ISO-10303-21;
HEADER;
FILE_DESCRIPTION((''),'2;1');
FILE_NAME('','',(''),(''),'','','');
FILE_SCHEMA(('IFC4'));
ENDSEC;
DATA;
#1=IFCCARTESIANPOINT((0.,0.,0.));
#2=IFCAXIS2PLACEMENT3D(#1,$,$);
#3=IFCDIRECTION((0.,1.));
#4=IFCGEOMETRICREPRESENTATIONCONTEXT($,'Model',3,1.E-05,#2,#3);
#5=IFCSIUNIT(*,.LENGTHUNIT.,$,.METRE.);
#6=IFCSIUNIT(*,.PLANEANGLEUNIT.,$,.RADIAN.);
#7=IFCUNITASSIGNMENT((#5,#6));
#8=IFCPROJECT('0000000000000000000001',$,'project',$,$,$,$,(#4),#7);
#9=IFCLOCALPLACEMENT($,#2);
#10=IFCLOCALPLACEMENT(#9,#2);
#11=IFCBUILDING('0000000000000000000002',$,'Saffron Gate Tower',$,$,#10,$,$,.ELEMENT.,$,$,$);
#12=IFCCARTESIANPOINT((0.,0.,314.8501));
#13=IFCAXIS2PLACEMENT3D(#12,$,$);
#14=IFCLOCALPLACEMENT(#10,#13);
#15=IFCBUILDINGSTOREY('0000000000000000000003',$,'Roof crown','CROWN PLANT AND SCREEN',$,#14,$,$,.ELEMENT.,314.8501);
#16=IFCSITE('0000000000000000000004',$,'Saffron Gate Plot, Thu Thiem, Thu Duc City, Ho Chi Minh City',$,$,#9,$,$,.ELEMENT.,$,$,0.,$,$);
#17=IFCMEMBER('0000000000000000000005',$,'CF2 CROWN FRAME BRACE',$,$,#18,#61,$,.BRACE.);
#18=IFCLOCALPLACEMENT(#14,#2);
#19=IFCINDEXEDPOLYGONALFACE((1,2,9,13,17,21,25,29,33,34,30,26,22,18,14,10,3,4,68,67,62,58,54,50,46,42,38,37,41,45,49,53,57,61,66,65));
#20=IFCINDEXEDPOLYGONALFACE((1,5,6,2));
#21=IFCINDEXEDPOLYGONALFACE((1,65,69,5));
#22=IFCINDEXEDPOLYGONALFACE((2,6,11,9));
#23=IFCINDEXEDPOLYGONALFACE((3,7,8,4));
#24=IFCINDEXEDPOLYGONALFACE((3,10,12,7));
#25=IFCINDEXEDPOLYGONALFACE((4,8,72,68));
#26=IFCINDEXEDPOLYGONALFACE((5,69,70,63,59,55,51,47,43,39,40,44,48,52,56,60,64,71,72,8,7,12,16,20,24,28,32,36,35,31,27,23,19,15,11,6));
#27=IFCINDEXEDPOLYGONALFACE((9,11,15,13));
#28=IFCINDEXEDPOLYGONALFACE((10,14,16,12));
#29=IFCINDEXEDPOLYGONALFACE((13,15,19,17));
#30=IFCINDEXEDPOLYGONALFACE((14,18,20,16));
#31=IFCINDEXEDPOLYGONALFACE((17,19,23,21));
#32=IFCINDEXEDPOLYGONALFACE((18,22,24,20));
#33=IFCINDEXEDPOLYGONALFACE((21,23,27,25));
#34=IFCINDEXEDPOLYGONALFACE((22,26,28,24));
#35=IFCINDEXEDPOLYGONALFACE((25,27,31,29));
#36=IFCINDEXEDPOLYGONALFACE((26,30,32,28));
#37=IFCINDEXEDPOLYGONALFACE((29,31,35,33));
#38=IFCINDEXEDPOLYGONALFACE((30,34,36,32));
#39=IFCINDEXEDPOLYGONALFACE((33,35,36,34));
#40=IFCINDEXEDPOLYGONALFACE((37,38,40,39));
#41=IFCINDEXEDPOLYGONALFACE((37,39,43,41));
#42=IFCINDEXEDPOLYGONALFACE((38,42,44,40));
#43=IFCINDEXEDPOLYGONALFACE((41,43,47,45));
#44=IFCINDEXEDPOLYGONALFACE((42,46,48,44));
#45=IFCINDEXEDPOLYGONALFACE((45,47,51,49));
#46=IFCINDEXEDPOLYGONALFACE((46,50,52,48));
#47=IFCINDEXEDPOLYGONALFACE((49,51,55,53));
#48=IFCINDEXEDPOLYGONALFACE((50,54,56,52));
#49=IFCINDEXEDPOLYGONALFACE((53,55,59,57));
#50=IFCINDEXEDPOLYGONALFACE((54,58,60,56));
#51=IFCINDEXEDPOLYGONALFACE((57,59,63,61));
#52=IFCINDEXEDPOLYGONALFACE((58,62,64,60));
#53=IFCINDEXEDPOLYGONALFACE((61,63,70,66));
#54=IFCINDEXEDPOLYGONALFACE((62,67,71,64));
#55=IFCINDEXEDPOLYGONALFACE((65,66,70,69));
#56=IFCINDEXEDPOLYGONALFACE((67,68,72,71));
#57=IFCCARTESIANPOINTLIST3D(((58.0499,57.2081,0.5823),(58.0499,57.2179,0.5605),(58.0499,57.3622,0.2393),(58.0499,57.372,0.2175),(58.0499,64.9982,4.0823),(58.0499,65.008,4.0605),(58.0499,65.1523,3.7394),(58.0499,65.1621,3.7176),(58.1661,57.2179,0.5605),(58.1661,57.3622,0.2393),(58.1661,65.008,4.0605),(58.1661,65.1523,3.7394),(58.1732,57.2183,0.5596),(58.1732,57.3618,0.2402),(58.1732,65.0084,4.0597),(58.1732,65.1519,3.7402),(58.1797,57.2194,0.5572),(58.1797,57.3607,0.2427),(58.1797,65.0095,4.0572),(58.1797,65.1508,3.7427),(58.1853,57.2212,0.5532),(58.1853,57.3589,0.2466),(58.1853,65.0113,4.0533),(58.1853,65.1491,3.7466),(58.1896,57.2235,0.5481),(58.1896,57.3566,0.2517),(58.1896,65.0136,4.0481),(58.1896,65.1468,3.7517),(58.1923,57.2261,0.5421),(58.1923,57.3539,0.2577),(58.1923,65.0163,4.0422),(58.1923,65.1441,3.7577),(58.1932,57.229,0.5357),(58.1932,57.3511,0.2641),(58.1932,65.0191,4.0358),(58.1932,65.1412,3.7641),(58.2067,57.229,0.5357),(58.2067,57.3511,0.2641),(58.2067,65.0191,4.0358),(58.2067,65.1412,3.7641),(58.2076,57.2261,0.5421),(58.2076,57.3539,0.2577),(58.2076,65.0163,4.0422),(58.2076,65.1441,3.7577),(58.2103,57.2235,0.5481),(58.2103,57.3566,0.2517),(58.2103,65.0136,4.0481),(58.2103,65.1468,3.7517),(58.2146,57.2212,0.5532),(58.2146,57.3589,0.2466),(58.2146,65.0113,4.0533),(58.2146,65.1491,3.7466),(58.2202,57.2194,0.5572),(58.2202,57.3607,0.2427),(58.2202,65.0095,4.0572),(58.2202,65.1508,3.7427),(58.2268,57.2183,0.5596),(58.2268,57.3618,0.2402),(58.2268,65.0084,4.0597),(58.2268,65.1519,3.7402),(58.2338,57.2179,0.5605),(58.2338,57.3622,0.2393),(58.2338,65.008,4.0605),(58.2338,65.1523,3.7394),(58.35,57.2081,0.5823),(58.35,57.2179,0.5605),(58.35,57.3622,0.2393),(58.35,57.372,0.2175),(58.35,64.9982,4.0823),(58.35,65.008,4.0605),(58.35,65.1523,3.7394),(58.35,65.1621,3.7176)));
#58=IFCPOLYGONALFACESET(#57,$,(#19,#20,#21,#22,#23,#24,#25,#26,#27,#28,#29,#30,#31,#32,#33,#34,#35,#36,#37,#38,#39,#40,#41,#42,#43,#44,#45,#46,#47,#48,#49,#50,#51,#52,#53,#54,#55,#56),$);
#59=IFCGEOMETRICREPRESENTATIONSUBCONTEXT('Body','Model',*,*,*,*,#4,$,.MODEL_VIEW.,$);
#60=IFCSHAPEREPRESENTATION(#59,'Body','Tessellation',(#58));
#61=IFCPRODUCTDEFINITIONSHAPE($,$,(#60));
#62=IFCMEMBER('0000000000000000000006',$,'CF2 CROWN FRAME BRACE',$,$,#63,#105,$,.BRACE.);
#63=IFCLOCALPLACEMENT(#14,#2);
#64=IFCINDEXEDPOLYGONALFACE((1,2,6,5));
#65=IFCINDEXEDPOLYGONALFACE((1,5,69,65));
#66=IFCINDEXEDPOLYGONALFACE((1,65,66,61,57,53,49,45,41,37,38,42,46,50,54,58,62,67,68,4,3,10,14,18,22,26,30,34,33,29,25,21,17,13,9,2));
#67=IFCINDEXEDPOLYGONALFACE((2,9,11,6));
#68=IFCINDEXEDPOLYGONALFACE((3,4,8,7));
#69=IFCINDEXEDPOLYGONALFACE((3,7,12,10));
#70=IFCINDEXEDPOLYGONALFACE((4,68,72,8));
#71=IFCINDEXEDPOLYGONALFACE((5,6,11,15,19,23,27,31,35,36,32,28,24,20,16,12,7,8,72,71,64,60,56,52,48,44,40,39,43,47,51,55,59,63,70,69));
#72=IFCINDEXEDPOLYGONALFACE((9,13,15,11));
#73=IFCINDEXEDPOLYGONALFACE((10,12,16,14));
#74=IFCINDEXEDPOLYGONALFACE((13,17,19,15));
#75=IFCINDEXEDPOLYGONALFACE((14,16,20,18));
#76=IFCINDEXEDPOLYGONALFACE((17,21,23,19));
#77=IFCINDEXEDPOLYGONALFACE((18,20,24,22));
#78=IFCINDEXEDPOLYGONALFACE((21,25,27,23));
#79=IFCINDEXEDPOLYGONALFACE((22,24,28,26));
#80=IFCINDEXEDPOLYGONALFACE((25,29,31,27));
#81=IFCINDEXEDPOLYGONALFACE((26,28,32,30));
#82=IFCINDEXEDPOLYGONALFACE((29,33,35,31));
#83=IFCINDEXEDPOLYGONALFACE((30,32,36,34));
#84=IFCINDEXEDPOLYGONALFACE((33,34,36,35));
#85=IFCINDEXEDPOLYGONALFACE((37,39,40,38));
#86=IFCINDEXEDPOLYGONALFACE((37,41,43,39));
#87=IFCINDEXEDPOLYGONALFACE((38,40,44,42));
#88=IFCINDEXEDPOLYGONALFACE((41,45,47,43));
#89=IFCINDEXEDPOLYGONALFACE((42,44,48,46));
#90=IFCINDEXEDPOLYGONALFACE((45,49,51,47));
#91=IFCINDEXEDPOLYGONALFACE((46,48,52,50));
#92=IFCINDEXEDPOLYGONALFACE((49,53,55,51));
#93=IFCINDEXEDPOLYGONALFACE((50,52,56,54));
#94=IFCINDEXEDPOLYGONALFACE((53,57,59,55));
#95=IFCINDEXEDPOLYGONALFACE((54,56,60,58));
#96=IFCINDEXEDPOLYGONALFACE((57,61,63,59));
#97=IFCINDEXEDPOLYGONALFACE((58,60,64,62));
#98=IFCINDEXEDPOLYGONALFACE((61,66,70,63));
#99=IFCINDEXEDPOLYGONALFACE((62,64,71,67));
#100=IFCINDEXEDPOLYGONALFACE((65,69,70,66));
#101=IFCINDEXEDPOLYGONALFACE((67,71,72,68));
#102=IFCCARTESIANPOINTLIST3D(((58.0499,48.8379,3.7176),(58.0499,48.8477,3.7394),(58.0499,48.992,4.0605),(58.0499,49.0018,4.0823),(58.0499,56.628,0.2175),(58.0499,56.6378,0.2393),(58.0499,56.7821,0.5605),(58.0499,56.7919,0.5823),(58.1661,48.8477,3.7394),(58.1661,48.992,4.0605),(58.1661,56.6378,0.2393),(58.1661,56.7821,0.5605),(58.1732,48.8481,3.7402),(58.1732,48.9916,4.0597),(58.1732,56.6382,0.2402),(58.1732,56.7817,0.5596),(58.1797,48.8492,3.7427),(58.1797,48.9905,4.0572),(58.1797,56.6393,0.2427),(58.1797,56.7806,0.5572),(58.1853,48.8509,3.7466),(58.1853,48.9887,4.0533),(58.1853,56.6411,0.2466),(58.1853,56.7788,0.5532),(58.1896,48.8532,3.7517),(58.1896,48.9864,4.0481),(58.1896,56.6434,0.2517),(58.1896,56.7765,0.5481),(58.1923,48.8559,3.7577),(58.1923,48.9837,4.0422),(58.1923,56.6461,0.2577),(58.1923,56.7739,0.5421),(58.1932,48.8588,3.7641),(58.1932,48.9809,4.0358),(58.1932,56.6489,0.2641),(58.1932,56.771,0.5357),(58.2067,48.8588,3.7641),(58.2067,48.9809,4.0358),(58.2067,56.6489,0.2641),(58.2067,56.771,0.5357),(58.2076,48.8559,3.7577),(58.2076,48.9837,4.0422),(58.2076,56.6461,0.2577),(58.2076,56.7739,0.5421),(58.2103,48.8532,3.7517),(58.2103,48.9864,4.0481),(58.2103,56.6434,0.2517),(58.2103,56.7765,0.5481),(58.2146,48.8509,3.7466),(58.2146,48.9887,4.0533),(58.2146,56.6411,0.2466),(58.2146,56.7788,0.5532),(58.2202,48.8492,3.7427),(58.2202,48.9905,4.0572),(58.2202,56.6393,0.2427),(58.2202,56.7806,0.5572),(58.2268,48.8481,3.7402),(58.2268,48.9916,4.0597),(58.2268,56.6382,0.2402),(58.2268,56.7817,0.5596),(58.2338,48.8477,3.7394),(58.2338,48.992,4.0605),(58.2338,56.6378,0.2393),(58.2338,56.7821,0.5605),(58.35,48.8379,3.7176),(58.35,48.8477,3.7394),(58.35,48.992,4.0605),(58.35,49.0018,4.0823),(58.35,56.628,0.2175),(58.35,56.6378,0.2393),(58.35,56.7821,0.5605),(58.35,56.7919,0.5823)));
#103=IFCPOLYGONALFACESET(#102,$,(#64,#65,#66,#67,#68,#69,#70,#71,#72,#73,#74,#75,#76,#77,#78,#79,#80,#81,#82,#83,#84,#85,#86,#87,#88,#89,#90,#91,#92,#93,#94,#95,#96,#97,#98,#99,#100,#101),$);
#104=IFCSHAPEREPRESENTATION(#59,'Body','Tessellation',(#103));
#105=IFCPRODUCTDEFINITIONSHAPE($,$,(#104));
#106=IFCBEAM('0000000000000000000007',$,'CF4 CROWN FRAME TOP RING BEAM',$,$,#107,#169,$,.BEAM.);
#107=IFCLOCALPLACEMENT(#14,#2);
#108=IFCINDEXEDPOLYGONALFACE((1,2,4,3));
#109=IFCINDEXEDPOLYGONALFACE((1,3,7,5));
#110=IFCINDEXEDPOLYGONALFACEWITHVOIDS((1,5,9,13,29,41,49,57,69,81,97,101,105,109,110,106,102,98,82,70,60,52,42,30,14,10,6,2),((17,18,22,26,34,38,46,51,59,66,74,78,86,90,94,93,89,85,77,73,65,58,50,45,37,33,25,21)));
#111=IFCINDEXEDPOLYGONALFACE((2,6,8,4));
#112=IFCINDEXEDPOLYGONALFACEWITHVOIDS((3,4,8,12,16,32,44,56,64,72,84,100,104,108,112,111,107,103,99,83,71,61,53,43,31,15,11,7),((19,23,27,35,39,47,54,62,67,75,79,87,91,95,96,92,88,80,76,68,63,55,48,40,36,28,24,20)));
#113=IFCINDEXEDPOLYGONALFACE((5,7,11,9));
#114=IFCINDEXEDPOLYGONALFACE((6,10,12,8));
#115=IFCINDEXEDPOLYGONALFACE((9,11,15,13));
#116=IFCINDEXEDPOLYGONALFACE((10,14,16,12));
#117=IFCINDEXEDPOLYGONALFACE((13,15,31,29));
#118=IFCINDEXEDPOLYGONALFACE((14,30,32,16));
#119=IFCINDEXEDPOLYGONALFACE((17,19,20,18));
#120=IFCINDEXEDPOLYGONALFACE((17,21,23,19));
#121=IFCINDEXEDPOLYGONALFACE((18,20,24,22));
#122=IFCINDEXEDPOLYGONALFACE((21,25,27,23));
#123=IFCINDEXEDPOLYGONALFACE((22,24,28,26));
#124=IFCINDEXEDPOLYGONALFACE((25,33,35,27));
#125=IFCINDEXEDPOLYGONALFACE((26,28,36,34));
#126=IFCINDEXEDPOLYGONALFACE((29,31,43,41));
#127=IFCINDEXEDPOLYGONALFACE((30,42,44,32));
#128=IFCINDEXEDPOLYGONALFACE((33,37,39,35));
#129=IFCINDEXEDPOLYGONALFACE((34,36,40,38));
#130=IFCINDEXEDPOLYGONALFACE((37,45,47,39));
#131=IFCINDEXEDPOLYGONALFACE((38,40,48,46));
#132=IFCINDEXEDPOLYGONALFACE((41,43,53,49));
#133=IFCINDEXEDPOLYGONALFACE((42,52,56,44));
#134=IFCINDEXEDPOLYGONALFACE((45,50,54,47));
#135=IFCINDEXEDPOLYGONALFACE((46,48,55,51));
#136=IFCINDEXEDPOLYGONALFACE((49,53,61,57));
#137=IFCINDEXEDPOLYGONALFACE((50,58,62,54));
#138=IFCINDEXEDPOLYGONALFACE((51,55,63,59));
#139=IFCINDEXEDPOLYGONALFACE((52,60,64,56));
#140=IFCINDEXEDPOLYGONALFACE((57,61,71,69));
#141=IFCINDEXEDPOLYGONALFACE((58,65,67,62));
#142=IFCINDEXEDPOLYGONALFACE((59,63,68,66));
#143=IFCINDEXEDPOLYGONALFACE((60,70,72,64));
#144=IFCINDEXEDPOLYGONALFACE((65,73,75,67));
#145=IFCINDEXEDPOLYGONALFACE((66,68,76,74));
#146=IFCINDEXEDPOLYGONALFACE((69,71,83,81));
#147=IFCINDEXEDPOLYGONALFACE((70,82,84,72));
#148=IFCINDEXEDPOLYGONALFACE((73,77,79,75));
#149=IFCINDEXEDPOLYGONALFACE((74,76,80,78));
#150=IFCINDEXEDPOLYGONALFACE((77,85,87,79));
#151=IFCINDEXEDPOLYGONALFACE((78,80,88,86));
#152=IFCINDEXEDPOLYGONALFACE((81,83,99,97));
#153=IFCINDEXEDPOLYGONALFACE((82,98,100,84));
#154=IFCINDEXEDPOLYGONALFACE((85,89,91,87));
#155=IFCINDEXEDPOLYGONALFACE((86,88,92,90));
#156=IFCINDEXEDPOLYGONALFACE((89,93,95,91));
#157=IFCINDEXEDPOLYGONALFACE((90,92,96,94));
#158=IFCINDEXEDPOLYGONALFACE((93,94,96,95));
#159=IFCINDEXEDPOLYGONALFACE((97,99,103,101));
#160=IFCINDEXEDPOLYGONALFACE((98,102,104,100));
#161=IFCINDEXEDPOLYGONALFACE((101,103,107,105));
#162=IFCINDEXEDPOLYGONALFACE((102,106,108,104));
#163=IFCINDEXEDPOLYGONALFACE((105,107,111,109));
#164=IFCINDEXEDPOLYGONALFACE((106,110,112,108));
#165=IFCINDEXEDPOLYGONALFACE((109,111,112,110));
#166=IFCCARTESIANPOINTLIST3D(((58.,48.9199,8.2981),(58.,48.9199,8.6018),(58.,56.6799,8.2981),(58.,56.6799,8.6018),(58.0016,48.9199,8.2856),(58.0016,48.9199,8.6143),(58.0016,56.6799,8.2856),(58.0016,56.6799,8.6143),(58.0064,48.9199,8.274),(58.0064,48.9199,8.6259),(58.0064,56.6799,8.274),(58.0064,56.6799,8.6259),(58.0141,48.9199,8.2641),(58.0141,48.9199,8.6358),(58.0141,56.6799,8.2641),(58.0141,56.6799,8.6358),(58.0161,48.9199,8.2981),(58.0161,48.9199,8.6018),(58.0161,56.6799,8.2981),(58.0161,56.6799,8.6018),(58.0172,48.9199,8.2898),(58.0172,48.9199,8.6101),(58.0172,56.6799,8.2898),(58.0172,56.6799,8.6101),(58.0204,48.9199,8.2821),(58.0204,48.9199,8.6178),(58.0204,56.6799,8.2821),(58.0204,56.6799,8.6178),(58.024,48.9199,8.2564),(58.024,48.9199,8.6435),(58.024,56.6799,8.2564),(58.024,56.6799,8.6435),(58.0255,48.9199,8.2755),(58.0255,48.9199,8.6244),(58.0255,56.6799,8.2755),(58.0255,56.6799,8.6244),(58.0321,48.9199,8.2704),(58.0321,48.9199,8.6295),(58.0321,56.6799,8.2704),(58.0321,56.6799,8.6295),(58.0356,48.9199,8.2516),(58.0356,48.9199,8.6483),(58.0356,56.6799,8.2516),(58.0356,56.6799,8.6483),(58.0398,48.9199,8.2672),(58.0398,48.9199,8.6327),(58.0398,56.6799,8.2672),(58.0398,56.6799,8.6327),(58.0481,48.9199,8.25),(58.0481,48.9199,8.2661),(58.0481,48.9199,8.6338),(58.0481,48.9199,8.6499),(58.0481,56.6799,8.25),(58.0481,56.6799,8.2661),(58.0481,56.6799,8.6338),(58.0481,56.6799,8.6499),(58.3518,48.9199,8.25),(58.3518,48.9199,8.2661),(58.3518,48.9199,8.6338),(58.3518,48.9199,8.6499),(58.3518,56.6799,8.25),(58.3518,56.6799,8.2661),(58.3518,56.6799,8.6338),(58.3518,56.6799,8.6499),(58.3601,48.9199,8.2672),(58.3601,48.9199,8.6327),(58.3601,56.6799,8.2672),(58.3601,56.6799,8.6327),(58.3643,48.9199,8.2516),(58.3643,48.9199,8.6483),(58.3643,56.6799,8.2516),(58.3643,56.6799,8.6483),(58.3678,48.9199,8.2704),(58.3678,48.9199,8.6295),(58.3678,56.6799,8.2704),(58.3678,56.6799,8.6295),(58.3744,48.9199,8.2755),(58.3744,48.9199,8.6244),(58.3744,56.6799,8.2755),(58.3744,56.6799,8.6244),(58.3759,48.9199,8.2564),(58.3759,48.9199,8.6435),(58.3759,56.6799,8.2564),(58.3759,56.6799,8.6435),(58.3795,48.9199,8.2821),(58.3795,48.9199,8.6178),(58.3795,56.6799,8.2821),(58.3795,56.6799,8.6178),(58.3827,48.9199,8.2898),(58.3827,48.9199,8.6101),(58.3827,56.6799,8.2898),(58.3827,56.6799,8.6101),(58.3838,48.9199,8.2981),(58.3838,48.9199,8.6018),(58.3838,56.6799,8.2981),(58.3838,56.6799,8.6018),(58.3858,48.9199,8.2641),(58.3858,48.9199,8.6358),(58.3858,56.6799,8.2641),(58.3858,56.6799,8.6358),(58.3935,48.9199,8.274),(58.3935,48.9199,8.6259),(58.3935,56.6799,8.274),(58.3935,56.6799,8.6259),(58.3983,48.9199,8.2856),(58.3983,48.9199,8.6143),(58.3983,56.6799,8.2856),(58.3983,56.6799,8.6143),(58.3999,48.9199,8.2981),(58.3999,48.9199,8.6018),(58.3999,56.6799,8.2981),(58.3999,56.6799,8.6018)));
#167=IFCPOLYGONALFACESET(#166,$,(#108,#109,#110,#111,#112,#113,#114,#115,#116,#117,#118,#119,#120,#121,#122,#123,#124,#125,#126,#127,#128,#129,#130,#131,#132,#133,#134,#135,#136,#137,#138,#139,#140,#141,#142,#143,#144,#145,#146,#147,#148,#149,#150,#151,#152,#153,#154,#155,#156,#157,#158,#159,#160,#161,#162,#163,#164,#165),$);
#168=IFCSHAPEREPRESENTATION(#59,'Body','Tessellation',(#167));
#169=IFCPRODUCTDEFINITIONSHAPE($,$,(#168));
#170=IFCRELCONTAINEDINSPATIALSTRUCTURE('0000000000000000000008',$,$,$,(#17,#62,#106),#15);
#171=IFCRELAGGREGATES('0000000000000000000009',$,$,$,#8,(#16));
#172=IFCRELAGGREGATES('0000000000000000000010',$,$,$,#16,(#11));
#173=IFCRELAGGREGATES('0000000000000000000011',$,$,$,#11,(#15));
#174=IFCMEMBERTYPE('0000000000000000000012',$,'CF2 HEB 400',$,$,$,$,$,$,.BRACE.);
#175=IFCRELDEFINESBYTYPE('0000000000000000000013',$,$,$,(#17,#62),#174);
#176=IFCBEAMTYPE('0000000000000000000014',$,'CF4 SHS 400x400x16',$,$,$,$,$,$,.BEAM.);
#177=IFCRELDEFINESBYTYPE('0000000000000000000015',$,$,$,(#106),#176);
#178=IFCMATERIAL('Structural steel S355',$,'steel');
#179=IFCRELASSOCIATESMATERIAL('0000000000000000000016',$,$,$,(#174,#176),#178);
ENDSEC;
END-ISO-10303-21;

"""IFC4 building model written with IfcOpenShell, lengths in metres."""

from ifc_helpers import new_model, si_unit, direction, frame, origin, origin_2d, place, context, subcontext, project, spatial, hollow_rectangle, i_section, extrude, material, material_profile, profile_set, type_object, element, save


model = new_model("IFC4")

# Units and contexts
model_context = context("Model", 3, precision=1e-05, world=origin(), true_north=direction((0.0, 1.0)))
body_context = subcontext(model_context, "Body", "Model", "MODEL_VIEW")
ifc_project = project(units=[si_unit("LENGTHUNIT", "METRE"), si_unit("PLANEANGLEUNIT", "RADIAN")], contexts=[model_context])

# Site, building, storey
site_placement = place(None, origin())
site = spatial("IfcSite", under=ifc_project, at=site_placement, Name="Saffron Gate Plot, Thu Thiem, Thu Duc City, Ho Chi Minh City", CompositionType="ELEMENT", RefElevation=0.0)
building_placement = place(site_placement, origin())
building = spatial("IfcBuilding", under=site, at=building_placement, Name="Saffron Gate Tower", CompositionType="ELEMENT")
storey_placement = place(building_placement, frame((0.0, 0.0, 314.8501)))
storey = spatial("IfcBuildingStorey", under=building, at=storey_placement, Name="Roof crown", Description="CROWN PLANT AND SCREEN", CompositionType="ELEMENT", Elevation=314.8501)

# Shared definitions
ifc_material_1 = material(Name="Structural steel S355", Category="steel")

# Members
ifc_material_profile_1 = material_profile(ifc_material_1, i_section(OverallWidth=0.3, OverallDepth=0.3999, WebThickness=0.0134, FlangeThickness=0.0239, FilletRadius=0.0271, at=origin_2d()))
ifc_profile_set_1 = profile_set([ifc_material_profile_1], Name="Structural steel S355")
member_type_1 = type_object("IfcMemberType", Name="CF2 HEB 400", PredefinedType="BRACE", material=ifc_profile_set_1)
for number, where, z_axis, x_axis, name in (
    (1, (58.2, 57.29, 0.3999), (0.0, 0.912163, 0.409827), (-1.0, 0.0, 0.0), "CF2 CROWN FRAME BRACE"),
    (2, (58.2, 56.71, 0.3999), (0.0, -0.912163, 0.409827), (1.0, 0.0, 0.0), "CF2 CROWN FRAME BRACE"),
):
    element("IfcMember", number, at=place(storey_placement, frame(where, z_axis=z_axis, x_axis=x_axis)), inside=storey, type_object=member_type_1, Name=name, PredefinedType="BRACE", context=body_context, shape_type="SweptSolid", body=[
        extrude(i_section(OverallWidth=0.3, OverallDepth=0.3999, WebThickness=0.0134, FlangeThickness=0.0239, FilletRadius=0.0271, at=origin_2d()), origin(), (0.0, 0.0, 1.0), 8.5403),
    ])

# Beam
ifc_material_profile_2 = material_profile(ifc_material_1, hollow_rectangle(XDim=0.3999, YDim=0.3999, WallThickness=0.0161, InnerFilletRadius=0.032, OuterFilletRadius=0.0481, at=origin_2d()))
ifc_profile_set_2 = profile_set([ifc_material_profile_2], Name="Structural steel S355")
beam_type_1 = type_object("IfcBeamType", Name="CF4 SHS 400x400x16", PredefinedType="BEAM", material=ifc_profile_set_2)
beam_1_placement = place(storey_placement, frame((58.2, 56.6799, 8.45), z_axis=(0.0, -1.0, 0.0), x_axis=(1.0, 0.0, 0.0)))
element("IfcBeam", 3, at=beam_1_placement, inside=storey, type_object=beam_type_1, Name="CF4 CROWN FRAME TOP RING BEAM", PredefinedType="BEAM", context=body_context, shape_type="SweptSolid", body=[
    extrude(hollow_rectangle(XDim=0.3999, YDim=0.3999, WallThickness=0.0161, InnerFilletRadius=0.032, OuterFilletRadius=0.0481, at=origin_2d()), origin(), (0.0, 0.0, 1.0), 7.76),
])

save(model, "model.ifc")
